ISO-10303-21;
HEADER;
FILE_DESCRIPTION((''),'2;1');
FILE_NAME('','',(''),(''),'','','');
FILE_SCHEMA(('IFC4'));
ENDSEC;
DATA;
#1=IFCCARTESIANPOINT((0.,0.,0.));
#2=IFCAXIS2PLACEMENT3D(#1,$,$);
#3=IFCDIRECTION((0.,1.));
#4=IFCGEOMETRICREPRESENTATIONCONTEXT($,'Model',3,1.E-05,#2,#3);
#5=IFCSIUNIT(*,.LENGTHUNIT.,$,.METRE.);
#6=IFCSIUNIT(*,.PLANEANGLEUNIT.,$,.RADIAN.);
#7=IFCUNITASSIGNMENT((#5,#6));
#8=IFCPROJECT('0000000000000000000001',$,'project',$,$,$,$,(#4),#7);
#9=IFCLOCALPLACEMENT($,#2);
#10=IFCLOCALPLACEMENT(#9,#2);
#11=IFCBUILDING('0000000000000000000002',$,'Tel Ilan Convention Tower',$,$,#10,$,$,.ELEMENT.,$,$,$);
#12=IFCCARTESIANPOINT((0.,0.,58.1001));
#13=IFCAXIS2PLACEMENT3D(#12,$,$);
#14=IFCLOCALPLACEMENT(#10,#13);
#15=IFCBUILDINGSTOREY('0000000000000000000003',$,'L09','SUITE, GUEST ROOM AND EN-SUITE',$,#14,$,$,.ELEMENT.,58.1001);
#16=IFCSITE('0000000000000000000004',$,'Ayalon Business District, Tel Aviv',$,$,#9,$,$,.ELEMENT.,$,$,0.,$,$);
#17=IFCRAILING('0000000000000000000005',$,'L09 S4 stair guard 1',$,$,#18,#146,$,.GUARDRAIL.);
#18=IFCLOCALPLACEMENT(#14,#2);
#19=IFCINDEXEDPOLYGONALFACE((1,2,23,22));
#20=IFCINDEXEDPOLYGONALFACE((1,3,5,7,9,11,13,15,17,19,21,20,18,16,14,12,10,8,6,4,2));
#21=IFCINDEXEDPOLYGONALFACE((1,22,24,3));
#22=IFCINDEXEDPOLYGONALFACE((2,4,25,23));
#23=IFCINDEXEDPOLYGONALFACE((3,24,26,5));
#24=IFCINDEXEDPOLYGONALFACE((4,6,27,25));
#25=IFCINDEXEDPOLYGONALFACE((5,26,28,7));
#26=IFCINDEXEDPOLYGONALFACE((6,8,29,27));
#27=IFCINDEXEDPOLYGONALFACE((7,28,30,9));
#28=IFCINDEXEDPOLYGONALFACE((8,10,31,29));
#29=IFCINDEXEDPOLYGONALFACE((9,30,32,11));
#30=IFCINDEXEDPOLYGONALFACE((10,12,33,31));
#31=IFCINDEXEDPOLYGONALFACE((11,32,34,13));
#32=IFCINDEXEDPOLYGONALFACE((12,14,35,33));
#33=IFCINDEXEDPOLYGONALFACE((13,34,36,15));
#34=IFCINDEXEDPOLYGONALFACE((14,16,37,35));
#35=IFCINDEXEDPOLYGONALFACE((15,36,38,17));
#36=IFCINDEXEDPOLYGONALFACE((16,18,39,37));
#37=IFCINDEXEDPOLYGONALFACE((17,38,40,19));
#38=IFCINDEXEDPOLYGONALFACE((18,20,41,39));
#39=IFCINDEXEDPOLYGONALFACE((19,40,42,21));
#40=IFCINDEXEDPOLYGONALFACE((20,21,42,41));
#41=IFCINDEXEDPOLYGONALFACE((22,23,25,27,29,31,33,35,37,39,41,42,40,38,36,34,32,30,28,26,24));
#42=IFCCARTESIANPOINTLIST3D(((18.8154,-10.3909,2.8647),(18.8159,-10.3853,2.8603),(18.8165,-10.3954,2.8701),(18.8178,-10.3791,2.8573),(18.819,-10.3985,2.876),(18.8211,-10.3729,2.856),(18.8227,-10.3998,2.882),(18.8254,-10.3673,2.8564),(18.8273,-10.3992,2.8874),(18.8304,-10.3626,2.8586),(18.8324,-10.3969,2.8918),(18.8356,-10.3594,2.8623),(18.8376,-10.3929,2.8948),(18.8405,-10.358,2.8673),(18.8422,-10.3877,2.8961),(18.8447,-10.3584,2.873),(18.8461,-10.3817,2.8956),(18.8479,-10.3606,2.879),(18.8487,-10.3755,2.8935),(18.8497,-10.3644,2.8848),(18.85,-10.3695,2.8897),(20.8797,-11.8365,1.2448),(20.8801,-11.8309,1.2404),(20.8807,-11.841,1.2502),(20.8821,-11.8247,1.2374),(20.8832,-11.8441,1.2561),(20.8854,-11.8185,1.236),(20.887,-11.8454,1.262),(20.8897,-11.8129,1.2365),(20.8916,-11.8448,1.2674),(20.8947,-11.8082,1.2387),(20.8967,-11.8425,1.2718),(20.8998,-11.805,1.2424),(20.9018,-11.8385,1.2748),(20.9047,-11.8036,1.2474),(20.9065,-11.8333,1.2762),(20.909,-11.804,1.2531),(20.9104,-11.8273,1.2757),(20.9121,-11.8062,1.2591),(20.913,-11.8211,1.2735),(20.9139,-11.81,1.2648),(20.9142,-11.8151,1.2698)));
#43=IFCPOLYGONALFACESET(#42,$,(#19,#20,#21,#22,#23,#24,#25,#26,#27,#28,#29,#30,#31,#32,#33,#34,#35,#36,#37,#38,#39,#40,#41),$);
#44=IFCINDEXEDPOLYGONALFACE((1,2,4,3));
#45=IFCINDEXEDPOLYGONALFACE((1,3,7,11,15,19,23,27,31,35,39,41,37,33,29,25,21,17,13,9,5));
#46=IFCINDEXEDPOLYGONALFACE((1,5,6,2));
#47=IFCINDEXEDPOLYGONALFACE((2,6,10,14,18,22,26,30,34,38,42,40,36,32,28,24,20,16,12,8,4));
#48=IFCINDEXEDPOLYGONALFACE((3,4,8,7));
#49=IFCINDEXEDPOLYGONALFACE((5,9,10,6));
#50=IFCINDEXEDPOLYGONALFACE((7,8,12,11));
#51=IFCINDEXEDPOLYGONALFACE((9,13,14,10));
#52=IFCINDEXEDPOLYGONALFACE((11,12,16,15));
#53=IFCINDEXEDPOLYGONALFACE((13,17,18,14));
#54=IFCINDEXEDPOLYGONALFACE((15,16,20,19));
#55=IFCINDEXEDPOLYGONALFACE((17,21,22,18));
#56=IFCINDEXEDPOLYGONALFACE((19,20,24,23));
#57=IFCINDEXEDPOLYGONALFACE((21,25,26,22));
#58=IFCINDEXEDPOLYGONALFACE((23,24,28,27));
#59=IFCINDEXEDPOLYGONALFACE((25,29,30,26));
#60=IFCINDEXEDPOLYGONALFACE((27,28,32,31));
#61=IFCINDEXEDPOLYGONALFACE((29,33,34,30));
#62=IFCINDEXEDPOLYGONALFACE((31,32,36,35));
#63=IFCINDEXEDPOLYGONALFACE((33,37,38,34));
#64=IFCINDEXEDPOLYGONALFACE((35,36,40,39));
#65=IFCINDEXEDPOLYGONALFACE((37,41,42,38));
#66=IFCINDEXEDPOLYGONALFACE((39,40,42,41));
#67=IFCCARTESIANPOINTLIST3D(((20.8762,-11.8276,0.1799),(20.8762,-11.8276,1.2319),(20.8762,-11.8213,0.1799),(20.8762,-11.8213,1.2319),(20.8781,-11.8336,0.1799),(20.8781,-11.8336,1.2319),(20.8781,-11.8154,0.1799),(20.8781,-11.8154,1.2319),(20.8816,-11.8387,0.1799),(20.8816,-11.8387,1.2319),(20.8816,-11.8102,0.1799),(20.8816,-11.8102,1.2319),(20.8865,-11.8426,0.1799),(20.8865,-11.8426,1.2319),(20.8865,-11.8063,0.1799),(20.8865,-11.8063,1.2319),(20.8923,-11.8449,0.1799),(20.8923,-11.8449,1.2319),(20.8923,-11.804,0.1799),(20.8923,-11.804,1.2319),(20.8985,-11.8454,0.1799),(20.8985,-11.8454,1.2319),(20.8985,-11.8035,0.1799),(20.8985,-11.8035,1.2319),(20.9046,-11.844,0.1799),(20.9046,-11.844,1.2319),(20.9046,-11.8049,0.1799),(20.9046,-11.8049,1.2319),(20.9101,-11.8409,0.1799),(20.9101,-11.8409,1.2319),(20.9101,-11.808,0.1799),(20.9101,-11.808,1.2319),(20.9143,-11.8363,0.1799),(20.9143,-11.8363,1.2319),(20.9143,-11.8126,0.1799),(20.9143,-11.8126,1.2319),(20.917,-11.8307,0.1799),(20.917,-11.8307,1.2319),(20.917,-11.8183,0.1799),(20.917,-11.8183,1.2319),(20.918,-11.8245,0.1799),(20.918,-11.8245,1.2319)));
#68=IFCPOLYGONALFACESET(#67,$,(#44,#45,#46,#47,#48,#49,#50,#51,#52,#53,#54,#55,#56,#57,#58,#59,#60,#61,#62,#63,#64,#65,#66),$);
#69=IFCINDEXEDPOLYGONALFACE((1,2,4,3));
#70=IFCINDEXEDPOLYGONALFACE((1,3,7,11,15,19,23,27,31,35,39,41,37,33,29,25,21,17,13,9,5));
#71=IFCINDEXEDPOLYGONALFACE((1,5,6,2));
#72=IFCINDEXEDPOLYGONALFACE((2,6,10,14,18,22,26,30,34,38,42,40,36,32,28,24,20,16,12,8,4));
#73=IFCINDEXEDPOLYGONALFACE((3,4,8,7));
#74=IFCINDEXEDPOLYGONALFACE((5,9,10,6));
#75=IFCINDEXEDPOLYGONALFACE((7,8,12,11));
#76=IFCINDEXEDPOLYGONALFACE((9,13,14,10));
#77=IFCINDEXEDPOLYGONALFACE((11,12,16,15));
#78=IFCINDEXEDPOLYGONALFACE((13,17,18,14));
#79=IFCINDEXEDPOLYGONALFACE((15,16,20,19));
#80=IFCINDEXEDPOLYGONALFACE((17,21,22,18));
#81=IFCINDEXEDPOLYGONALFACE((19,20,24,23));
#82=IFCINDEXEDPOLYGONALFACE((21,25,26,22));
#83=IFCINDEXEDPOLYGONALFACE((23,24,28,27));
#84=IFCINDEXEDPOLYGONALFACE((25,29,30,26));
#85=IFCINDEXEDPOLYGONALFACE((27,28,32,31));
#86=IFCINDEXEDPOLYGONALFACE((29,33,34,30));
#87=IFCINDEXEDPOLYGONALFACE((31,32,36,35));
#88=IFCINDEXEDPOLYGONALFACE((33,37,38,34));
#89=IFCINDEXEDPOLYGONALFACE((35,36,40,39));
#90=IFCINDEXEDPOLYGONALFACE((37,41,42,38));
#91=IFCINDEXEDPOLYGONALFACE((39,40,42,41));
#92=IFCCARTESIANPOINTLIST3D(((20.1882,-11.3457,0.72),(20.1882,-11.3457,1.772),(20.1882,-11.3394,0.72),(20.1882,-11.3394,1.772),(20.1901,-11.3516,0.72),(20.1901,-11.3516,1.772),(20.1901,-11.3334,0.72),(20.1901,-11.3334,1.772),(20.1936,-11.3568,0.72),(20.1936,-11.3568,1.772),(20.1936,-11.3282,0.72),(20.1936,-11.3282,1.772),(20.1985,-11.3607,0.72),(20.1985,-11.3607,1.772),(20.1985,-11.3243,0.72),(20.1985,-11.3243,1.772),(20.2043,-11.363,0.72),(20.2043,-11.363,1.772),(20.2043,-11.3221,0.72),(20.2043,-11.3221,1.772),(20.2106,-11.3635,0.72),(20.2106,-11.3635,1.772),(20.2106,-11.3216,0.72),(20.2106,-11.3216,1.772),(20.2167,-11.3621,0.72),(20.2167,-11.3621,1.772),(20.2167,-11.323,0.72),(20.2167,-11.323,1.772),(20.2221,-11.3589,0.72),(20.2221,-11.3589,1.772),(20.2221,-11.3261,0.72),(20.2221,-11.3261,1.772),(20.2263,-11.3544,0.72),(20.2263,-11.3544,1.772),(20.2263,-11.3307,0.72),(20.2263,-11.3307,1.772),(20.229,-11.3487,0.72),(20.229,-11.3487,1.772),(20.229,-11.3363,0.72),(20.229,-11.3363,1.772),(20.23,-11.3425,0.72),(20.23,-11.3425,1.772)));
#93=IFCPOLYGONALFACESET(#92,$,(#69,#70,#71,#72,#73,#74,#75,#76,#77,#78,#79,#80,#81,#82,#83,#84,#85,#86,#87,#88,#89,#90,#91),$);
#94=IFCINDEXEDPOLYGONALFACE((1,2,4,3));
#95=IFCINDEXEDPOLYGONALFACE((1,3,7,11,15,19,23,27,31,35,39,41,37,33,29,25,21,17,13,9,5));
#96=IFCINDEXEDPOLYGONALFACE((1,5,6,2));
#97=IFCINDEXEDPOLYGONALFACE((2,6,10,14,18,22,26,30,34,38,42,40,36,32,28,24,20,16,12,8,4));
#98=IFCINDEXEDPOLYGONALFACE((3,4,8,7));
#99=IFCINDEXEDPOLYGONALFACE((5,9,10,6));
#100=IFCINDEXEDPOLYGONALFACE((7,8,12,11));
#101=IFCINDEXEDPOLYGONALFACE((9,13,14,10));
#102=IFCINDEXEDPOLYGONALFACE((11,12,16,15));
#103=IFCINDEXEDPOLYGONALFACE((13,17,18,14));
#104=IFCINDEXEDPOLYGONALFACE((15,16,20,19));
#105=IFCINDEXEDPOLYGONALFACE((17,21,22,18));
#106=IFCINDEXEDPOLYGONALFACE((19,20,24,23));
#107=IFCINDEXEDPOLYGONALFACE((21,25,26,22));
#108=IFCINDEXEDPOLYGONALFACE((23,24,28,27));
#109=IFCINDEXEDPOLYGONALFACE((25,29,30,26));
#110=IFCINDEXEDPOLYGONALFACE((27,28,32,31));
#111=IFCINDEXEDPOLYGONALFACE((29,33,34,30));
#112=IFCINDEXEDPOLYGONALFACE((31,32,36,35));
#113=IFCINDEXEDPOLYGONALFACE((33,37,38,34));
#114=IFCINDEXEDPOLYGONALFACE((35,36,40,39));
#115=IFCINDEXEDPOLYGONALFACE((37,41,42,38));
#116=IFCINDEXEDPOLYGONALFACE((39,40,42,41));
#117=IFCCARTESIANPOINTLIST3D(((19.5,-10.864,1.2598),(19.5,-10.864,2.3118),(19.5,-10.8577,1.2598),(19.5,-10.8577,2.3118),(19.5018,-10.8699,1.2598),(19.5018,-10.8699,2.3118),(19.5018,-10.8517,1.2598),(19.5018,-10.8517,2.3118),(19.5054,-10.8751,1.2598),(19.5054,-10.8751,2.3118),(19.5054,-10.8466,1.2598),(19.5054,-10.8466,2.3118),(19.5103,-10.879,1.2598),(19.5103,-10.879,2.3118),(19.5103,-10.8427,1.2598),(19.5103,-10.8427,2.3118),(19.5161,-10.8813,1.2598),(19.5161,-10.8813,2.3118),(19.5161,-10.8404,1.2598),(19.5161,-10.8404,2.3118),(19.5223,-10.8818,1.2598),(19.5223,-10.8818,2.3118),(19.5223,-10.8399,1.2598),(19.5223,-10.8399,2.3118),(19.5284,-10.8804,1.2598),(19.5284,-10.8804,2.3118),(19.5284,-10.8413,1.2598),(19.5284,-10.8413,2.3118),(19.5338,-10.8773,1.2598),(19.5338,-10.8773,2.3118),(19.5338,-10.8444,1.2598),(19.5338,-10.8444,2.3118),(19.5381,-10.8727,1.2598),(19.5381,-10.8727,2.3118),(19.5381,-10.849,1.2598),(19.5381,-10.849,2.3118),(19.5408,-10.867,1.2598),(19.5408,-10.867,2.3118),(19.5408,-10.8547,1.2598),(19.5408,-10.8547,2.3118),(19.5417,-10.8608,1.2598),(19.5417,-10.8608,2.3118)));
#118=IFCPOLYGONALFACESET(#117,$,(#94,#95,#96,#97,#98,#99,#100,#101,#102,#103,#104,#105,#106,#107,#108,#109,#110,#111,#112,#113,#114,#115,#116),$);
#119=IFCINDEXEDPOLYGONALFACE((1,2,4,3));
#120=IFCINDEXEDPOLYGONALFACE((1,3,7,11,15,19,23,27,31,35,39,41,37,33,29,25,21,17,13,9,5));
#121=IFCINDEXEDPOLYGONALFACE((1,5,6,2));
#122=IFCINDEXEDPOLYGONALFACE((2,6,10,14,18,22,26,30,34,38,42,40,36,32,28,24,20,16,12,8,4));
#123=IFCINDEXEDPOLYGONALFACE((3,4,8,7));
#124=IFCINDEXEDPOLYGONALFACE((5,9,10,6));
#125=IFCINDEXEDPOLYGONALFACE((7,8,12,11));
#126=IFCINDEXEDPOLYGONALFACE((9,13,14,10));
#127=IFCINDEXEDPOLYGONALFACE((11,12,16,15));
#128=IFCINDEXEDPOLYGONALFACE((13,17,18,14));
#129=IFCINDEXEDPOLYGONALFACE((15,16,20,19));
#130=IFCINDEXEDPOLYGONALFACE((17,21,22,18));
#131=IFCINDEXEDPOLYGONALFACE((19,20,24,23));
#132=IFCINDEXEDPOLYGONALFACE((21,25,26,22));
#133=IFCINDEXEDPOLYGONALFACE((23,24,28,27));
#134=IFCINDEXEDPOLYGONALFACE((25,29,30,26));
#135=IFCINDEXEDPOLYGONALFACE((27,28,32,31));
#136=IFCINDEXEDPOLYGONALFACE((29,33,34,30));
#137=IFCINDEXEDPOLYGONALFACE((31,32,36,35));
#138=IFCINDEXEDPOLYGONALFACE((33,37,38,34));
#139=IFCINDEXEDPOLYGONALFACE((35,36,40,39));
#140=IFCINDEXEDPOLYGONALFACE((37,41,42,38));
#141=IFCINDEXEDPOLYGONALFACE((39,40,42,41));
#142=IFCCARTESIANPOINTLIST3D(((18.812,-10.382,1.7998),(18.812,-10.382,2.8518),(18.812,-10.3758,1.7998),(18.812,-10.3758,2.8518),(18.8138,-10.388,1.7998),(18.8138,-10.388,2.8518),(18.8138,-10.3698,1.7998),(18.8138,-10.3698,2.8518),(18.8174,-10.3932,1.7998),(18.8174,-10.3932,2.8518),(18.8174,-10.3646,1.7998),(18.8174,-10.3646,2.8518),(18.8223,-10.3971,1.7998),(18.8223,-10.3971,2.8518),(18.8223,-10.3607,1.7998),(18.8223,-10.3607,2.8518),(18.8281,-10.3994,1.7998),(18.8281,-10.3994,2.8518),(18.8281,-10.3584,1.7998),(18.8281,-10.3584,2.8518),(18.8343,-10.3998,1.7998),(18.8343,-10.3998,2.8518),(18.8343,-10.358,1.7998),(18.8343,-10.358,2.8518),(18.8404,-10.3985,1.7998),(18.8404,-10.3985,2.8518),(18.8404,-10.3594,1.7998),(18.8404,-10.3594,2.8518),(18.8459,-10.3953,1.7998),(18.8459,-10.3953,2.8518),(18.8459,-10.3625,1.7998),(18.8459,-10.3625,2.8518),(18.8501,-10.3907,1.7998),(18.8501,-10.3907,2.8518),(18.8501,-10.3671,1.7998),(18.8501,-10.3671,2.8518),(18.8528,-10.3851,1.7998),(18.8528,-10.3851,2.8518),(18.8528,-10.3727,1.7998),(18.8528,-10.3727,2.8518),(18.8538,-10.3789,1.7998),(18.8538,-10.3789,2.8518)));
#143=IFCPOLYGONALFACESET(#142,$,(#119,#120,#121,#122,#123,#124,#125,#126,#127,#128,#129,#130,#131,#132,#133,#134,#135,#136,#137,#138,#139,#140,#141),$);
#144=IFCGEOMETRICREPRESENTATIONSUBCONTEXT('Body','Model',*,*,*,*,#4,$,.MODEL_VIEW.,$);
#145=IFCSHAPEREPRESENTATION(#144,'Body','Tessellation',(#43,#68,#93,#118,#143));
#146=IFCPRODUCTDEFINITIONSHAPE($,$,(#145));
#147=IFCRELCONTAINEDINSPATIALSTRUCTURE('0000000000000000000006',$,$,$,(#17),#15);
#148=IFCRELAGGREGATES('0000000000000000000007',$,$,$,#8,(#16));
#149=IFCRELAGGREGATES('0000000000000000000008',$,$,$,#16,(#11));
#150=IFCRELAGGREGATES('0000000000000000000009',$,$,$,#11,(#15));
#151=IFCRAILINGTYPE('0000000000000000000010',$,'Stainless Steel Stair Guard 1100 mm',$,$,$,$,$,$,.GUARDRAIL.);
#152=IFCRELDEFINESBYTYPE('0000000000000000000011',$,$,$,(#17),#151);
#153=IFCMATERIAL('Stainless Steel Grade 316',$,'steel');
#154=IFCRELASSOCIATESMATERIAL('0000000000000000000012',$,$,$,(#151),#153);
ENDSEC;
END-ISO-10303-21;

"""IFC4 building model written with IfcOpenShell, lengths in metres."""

from ifc_helpers import new_model, si_unit, direction, frame, origin, origin_2d, place, context, subcontext, project, spatial, circle, extrude, material, type_object, element, save


model = new_model("IFC4")

# Units and contexts
model_context = context("Model", 3, precision=1e-05, world=origin(), true_north=direction((0.0, 1.0)))
body_context = subcontext(model_context, "Body", "Model", "MODEL_VIEW")
ifc_project = project(units=[si_unit("LENGTHUNIT", "METRE"), si_unit("PLANEANGLEUNIT", "RADIAN")], contexts=[model_context])

# Site, building, storey
site_placement = place(None, origin())
site = spatial("IfcSite", under=ifc_project, at=site_placement, Name="Ayalon Business District, Tel Aviv", CompositionType="ELEMENT", RefElevation=0.0)
building_placement = place(site_placement, origin())
building = spatial("IfcBuilding", under=site, at=building_placement, Name="Tel Ilan Convention Tower", CompositionType="ELEMENT")
storey_placement = place(building_placement, frame((0.0, 0.0, 58.1001)))
storey = spatial("IfcBuildingStorey", under=building, at=storey_placement, Name="L09", Description="SUITE, GUEST ROOM AND EN-SUITE", CompositionType="ELEMENT", Elevation=58.1001)

# Railing
ifc_material_1 = material(Name="Stainless Steel Grade 316", Category="steel")
railing_type_1 = type_object("IfcRailingType", Name="Stainless Steel Stair Guard 1100 mm", PredefinedType="GUARDRAIL", material=ifc_material_1)
railing_1_placement = place(storey_placement, frame((20.897, -11.8245, 0.1799)))
element("IfcRailing", 1, at=railing_1_placement, inside=storey, type_object=railing_type_1, Name="L09 S4 stair guard 1", PredefinedType="GUARDRAIL", context=body_context, shape_type="SweptSolid", body=[
    extrude(circle(Radius=0.0239, at=origin_2d()), frame((0.0, 0.0, 1.0762), z_axis=(-0.689043, 0.482534, 0.540722), x_axis=(-0.573625, -0.819118, 0.0)), (0.0, 0.0, 1.0), 2.9958),
    extrude(circle(Radius=0.021, at=origin_2d()), origin(), (0.0, 0.0, 1.0), 1.052),
    extrude(circle(Radius=0.021, at=origin_2d()), frame((-0.688, 0.4819, 0.54)), (0.0, 0.0, 1.0), 1.052),
    extrude(circle(Radius=0.021, at=origin_2d()), frame((-1.3762, 0.9636, 1.0798)), (0.0, 0.0, 1.0), 1.052),
    extrude(circle(Radius=0.021, at=origin_2d()), frame((-2.0642, 1.4456, 1.6199)), (0.0, 0.0, 1.0), 1.052),
])

save(model, "model.ifc")
